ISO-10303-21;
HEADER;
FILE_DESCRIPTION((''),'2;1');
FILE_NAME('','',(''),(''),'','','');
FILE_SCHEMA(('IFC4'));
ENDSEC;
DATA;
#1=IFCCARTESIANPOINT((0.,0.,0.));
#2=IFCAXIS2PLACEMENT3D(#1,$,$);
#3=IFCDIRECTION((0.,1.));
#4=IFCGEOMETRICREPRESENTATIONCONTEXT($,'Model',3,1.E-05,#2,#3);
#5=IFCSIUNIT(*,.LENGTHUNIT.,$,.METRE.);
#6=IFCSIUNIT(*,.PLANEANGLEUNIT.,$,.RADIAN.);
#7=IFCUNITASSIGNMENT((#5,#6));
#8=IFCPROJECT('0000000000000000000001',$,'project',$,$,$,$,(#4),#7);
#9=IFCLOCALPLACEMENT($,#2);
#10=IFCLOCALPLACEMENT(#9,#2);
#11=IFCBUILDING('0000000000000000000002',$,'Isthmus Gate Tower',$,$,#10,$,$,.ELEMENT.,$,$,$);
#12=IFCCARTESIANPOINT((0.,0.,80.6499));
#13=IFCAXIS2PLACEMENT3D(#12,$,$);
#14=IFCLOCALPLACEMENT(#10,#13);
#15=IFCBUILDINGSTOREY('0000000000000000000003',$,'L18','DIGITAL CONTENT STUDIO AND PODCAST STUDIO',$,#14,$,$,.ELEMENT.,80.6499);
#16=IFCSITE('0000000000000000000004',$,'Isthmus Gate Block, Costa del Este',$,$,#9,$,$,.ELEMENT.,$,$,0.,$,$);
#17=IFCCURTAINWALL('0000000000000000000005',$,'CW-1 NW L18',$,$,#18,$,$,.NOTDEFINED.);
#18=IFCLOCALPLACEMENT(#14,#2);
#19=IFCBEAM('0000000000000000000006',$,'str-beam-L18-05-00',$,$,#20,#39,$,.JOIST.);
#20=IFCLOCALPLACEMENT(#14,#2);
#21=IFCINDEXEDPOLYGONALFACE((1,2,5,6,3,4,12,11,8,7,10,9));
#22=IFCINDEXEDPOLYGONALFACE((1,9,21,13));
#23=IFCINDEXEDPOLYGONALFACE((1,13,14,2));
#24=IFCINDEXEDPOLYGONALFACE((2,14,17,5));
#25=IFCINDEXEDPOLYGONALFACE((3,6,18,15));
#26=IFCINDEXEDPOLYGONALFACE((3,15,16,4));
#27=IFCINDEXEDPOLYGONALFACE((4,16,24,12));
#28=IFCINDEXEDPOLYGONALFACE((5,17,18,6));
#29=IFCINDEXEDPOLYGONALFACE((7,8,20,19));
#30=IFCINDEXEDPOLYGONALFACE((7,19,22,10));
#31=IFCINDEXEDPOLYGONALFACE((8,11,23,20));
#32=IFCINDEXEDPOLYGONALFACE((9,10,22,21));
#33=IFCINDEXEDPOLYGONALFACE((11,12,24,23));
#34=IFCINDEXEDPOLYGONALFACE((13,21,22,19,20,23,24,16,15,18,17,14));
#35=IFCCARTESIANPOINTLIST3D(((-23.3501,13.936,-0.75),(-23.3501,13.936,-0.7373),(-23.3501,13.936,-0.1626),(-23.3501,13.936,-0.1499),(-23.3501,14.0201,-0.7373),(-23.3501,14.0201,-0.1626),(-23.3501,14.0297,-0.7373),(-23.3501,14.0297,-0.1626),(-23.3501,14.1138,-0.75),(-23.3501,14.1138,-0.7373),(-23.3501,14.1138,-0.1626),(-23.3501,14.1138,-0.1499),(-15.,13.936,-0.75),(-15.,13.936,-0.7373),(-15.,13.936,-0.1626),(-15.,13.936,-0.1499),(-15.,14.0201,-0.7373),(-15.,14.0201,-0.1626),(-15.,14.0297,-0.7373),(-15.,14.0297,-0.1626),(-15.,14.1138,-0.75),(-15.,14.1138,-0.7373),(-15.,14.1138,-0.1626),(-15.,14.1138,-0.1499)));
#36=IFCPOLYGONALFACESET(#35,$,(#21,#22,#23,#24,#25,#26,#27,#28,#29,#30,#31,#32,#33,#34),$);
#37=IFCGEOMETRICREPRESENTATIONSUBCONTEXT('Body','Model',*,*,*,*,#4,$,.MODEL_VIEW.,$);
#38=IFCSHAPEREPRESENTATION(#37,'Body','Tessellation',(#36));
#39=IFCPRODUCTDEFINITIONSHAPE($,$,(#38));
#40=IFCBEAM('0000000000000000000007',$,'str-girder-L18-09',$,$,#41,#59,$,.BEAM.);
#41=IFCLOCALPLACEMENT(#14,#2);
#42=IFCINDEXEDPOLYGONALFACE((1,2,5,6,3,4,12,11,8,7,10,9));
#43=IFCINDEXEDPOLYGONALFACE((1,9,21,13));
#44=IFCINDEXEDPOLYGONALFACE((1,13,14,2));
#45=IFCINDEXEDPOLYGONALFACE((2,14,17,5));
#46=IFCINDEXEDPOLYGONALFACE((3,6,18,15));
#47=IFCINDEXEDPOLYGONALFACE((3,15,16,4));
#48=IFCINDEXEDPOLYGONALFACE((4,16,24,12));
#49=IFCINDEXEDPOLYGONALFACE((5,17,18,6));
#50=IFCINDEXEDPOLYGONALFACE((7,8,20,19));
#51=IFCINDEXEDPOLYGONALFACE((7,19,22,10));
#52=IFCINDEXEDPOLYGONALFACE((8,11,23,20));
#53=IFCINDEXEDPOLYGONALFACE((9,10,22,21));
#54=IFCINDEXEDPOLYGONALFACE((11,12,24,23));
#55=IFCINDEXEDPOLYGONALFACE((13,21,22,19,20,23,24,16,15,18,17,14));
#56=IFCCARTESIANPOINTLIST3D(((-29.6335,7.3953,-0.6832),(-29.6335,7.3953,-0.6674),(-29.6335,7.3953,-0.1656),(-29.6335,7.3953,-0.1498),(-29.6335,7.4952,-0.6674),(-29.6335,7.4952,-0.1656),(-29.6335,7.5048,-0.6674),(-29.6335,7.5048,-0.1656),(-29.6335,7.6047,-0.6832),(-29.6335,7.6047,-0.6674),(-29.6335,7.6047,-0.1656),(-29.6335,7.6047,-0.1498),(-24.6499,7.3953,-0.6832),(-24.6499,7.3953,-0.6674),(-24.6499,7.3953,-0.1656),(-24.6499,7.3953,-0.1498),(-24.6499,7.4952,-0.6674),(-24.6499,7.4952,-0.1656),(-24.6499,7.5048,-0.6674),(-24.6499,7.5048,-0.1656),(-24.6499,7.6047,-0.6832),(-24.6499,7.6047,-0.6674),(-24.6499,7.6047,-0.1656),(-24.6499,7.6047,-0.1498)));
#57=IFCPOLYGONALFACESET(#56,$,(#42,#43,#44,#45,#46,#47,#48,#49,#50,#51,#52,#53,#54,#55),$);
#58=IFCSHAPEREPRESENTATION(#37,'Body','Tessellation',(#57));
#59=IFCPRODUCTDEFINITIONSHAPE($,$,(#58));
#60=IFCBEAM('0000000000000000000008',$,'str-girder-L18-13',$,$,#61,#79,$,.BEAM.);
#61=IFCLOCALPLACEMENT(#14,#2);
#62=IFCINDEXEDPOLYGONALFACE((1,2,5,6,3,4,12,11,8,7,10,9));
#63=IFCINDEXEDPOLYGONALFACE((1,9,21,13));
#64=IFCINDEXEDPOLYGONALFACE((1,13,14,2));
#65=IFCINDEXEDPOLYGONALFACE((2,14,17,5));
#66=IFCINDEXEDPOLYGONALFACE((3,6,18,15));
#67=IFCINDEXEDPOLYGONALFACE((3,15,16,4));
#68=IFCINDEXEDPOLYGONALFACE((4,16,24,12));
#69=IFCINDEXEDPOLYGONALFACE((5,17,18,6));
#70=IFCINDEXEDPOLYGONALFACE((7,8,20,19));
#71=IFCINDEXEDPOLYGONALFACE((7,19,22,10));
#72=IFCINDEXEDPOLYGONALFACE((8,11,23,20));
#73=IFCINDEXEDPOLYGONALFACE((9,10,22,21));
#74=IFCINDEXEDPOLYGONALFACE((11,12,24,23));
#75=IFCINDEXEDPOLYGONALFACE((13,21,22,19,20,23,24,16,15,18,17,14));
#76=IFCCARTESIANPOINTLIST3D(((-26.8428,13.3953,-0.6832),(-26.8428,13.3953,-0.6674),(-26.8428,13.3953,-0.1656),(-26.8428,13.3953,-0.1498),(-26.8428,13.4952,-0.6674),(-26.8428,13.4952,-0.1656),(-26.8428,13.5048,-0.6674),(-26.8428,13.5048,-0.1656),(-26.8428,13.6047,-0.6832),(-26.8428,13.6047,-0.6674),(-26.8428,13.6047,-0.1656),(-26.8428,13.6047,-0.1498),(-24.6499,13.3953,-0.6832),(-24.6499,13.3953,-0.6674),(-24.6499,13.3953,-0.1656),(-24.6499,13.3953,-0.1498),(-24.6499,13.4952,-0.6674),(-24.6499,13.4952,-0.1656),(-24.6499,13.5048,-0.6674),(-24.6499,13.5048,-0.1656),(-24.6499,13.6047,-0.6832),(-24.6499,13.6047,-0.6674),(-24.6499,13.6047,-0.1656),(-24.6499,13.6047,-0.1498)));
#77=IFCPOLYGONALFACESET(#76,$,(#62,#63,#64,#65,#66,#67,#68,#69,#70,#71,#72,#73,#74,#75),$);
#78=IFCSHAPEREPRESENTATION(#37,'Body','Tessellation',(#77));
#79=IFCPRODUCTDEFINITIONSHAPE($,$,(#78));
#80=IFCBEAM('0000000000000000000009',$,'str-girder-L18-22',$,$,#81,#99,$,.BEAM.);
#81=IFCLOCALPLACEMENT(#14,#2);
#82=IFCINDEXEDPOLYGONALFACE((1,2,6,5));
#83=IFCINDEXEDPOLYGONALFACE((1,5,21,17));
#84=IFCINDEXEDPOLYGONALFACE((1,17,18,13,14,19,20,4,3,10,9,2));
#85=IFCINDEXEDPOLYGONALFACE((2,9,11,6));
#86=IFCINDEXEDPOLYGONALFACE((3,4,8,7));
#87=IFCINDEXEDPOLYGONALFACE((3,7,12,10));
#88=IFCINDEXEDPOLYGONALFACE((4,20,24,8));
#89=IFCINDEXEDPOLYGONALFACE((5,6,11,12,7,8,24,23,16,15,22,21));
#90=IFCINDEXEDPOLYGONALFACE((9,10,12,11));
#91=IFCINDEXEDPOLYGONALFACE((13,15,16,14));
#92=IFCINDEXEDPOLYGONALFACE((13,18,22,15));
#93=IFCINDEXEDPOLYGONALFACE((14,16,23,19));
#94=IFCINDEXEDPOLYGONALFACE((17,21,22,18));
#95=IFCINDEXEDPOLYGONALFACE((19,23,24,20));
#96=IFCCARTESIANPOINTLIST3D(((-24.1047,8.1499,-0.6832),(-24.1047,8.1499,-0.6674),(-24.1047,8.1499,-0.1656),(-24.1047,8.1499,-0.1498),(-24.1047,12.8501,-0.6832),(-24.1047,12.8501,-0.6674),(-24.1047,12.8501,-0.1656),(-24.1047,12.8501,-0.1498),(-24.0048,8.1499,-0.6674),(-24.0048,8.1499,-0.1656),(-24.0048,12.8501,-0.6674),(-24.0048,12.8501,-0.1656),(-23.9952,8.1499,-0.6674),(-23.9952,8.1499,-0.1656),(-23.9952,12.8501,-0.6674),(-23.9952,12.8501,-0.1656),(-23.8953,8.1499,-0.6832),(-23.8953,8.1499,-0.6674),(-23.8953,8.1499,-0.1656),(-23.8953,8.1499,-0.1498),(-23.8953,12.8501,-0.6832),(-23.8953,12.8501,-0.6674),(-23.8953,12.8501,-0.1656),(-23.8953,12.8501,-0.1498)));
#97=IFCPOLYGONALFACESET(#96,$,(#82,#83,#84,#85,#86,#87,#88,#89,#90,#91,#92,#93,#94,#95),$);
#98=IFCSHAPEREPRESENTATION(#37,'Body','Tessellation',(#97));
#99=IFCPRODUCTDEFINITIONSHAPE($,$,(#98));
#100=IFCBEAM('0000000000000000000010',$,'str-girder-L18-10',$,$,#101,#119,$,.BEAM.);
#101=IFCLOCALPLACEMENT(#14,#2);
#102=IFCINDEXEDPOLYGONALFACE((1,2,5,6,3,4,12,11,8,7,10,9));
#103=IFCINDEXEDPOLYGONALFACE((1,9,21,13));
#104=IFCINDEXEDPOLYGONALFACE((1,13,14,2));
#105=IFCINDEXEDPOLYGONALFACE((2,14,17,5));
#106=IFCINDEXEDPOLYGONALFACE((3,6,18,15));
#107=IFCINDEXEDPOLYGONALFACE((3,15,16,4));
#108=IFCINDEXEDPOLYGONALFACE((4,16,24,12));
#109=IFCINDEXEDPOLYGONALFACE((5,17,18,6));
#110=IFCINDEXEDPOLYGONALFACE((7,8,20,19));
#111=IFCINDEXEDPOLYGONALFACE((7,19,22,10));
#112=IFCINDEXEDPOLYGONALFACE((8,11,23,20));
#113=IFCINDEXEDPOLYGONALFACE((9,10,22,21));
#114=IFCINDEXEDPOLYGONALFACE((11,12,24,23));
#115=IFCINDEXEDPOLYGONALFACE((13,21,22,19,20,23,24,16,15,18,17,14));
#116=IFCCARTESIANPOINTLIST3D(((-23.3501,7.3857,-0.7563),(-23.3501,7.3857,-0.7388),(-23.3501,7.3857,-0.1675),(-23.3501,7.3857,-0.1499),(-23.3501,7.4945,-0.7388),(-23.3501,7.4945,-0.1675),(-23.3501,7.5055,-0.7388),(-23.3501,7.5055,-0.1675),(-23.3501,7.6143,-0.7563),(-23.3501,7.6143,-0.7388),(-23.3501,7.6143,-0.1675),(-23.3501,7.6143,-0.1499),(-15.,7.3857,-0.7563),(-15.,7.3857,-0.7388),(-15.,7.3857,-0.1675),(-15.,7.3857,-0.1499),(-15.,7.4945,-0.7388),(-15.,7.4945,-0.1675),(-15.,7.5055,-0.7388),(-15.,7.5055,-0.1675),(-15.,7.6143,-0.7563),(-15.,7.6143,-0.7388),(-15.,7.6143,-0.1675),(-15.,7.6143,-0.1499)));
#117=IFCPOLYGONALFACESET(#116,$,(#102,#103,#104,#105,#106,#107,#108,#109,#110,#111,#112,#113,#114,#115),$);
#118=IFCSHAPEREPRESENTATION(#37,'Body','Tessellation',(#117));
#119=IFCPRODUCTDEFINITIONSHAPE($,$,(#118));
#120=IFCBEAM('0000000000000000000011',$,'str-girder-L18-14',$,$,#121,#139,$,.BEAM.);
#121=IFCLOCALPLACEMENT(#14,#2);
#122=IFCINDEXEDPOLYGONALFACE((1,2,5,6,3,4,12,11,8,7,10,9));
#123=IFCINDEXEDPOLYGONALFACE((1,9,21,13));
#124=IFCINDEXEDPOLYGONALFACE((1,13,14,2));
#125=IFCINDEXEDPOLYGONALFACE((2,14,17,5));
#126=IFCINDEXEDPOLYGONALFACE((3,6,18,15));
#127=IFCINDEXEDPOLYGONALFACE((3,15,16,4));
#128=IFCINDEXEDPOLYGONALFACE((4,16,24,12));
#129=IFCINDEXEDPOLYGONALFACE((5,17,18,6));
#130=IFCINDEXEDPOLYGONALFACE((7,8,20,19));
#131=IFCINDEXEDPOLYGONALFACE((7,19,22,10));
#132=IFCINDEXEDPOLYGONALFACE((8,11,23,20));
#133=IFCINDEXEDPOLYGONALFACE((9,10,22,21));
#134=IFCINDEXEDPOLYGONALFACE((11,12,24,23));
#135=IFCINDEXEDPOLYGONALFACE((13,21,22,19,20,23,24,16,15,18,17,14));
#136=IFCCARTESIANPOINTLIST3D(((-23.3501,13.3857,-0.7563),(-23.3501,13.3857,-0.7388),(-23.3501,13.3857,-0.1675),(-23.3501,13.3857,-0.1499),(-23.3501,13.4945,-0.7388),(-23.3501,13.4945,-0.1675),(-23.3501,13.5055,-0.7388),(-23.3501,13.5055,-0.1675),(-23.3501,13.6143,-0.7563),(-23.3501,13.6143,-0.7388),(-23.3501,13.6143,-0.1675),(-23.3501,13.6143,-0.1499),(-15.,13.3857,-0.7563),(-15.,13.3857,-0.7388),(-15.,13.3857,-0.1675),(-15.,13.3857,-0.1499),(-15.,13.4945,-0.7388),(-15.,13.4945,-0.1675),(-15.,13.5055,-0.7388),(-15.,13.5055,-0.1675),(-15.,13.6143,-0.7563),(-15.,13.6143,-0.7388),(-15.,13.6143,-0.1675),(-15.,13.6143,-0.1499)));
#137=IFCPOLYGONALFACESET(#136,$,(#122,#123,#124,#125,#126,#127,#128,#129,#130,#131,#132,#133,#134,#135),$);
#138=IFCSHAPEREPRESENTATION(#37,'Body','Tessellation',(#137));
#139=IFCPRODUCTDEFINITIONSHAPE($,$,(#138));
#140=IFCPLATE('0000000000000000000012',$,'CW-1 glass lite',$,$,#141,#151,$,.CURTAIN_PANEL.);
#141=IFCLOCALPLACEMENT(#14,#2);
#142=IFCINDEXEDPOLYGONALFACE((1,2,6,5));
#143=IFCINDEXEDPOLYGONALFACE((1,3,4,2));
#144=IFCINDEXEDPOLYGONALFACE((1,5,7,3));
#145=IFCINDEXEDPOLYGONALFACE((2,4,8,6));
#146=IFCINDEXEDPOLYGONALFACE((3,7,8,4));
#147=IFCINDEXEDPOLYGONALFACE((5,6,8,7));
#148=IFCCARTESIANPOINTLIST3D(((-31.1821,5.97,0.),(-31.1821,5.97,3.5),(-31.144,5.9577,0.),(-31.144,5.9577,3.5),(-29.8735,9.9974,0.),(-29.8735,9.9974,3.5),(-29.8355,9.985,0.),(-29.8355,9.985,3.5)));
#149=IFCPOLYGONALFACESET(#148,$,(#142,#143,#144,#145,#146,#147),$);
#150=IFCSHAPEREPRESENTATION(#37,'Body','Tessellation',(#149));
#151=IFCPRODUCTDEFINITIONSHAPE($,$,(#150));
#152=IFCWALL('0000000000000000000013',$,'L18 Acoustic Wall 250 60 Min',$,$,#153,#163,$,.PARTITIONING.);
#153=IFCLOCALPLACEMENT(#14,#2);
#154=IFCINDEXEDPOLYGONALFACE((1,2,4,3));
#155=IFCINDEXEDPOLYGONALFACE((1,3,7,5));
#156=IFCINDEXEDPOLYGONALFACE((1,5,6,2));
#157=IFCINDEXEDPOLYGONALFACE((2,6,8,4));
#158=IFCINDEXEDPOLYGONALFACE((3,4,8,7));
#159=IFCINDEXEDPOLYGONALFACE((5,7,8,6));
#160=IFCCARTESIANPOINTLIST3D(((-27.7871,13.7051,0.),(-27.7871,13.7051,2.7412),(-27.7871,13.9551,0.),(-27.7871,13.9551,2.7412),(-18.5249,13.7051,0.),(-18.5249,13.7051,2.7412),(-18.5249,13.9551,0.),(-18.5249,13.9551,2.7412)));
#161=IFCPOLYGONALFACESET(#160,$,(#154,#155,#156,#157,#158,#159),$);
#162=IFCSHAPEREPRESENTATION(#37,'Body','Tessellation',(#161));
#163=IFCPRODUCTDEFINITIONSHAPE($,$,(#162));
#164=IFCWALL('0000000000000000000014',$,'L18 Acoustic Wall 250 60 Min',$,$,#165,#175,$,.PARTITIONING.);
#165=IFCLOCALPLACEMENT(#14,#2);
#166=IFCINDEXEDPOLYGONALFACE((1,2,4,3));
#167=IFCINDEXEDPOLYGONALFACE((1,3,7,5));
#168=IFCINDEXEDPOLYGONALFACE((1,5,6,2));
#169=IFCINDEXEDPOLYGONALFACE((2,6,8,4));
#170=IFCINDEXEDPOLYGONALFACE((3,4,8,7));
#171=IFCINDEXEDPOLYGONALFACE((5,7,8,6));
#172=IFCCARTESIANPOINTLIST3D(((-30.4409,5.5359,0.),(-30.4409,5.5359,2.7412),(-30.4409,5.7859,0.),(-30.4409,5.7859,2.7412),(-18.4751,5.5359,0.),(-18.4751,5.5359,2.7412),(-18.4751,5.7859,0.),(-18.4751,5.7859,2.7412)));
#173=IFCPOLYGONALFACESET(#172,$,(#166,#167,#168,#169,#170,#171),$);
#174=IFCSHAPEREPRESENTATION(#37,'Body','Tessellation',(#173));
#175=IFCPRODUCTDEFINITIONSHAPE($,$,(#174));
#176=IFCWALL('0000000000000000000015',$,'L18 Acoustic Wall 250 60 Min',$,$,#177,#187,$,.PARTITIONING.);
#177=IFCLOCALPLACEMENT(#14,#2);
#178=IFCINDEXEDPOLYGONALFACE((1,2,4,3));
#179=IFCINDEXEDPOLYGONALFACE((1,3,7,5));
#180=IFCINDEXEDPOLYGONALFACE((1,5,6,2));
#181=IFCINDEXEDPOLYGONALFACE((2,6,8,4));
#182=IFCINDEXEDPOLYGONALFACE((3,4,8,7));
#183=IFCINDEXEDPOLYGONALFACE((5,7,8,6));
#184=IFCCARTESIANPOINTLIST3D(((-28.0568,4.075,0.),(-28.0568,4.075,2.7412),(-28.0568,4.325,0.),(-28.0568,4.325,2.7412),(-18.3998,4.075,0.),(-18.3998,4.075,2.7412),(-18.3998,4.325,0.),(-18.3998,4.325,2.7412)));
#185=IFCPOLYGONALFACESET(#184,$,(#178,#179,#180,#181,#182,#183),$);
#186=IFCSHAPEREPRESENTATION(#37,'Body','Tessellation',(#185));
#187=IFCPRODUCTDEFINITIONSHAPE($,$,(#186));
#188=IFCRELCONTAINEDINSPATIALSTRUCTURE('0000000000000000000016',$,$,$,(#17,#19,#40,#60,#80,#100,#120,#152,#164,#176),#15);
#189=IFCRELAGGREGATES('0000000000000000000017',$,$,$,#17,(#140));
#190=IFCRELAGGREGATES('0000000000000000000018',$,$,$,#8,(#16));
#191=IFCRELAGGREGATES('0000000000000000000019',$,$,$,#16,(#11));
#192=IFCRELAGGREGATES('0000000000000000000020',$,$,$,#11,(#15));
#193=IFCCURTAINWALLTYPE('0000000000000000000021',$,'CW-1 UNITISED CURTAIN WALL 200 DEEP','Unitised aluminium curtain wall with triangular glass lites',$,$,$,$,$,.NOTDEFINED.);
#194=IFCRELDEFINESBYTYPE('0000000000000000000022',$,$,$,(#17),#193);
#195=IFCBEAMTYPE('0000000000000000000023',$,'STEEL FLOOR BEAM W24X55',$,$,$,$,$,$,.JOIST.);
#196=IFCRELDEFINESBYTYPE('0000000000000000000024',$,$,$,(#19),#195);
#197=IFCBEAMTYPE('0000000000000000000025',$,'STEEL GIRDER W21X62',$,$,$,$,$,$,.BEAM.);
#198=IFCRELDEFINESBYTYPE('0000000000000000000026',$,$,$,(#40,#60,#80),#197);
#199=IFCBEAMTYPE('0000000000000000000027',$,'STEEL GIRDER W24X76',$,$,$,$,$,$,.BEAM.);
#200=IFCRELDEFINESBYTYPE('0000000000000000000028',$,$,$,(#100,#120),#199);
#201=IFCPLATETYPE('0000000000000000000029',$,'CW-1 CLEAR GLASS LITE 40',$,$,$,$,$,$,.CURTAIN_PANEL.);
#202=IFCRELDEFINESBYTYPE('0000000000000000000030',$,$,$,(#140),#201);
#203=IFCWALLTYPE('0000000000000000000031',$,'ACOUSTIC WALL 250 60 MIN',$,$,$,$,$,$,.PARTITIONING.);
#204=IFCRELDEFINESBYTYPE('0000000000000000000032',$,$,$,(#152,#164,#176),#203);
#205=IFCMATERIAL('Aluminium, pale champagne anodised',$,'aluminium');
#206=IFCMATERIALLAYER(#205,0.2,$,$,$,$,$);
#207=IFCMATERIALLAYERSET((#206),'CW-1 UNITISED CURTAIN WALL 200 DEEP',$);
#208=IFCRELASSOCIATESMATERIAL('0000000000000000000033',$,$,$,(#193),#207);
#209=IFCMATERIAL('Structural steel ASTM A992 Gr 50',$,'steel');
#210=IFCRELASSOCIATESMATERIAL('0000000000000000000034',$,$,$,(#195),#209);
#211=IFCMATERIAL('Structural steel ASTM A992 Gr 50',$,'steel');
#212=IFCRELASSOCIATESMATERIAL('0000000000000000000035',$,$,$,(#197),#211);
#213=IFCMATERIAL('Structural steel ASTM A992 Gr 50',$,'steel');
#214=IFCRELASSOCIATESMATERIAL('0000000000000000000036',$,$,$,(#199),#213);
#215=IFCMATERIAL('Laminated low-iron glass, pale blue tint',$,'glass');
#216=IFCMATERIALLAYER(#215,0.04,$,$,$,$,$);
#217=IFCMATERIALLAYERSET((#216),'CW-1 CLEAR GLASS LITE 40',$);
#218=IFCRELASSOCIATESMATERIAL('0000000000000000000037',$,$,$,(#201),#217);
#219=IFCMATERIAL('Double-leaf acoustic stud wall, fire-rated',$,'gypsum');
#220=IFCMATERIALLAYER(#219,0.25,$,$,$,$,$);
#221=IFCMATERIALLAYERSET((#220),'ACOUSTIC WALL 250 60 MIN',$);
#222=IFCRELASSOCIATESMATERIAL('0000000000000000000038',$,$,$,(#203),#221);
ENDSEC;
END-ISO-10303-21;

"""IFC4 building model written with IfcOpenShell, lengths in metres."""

from ifc_helpers import new_model, si_unit, direction, frame, frame_2d, origin, origin_2d, place, context, subcontext, project, spatial, rectangle, i_section, extrude, material, layer, layer_set, material_profile, profile_set, type_object, element, aggregate, save


model = new_model("IFC4")

# Units and contexts
model_context = context("Model", 3, precision=1e-05, world=origin(), true_north=direction((0.0, 1.0)))
body_context = subcontext(model_context, "Body", "Model", "MODEL_VIEW")
ifc_project = project(units=[si_unit("LENGTHUNIT", "METRE"), si_unit("PLANEANGLEUNIT", "RADIAN")], contexts=[model_context])

# Site, building, storey
site_placement = place(None, origin())
site = spatial("IfcSite", under=ifc_project, at=site_placement, Name="Isthmus Gate Block, Costa del Este", CompositionType="ELEMENT", RefElevation=0.0)
building_placement = place(site_placement, origin())
building = spatial("IfcBuilding", under=site, at=building_placement, Name="Isthmus Gate Tower", CompositionType="ELEMENT")
storey_placement = place(building_placement, frame((0.0, 0.0, 80.6499)))
storey = spatial("IfcBuildingStorey", under=building, at=storey_placement, Name="L18", Description="DIGITAL CONTENT STUDIO AND PODCAST STUDIO", CompositionType="ELEMENT", Elevation=80.6499)

# Curtain wall
ifc_material_1 = material(Name="Aluminium, pale champagne anodised", Category="aluminium")
ifc_layer_1 = layer(ifc_material_1, 0.2)
ifc_layer_set_1 = layer_set([ifc_layer_1], Name="CW-1 UNITISED CURTAIN WALL 200 DEEP")
curtain_wall_type = type_object("IfcCurtainWallType", Name="CW-1 UNITISED CURTAIN WALL 200 DEEP", Description="Unitised aluminium curtain wall with triangular glass lites", PredefinedType="NOTDEFINED", material=ifc_layer_set_1)
curtain_wall_placement = place(storey_placement, origin())
curtain_wall = element("IfcCurtainWall", 1, at=curtain_wall_placement, inside=storey, type_object=curtain_wall_type, Name="CW-1 NW L18", PredefinedType="NOTDEFINED")

# Beams
ifc_material_2 = material(Name="Structural steel ASTM A992 Gr 50", Category="steel")
ifc_material_profile_1 = material_profile(ifc_material_2, i_section(OverallWidth=0.1777, OverallDepth=0.6001, WebThickness=0.0095, FlangeThickness=0.0127, at=origin_2d()), Name="W24X55")
ifc_profile_set_1 = profile_set([ifc_material_profile_1], Name="Structural steel ASTM A992 Gr 50")
beam_type_1 = type_object("IfcBeamType", Name="STEEL FLOOR BEAM W24X55", PredefinedType="JOIST", material=ifc_profile_set_1)
beam_1_placement = place(storey_placement, frame((-23.3501, 14.0249, -0.45), z_axis=(1.0, 0.0, 0.0), x_axis=(0.0, 1.0, 0.0)))
element("IfcBeam", 2, at=beam_1_placement, inside=storey, type_object=beam_type_1, Name="str-beam-L18-05-00", PredefinedType="JOIST", context=body_context, shape_type="SweptSolid", body=[
    extrude(i_section(OverallWidth=0.1777, OverallDepth=0.6001, WebThickness=0.0095, FlangeThickness=0.0127, at=origin_2d()), origin(), (0.0, 0.0, 1.0), 8.3501),
])
ifc_material_3 = material(Name="Structural steel ASTM A992 Gr 50", Category="steel")
ifc_material_profile_2 = material_profile(ifc_material_3, i_section(OverallWidth=0.2095, OverallDepth=0.5334, WebThickness=0.0095, FlangeThickness=0.0159, at=origin_2d()), Name="W21X62")
ifc_profile_set_2 = profile_set([ifc_material_profile_2], Name="Structural steel ASTM A992 Gr 50")
beam_type_2 = type_object("IfcBeamType", Name="STEEL GIRDER W21X62", PredefinedType="BEAM", material=ifc_profile_set_2)
beam_2_placement = place(storey_placement, frame((-29.6335, 7.5, -0.4165), z_axis=(1.0, 0.0, 0.0), x_axis=(0.0, 1.0, 0.0)))
element("IfcBeam", 3, at=beam_2_placement, inside=storey, type_object=beam_type_2, Name="str-girder-L18-09", PredefinedType="BEAM", context=body_context, shape_type="SweptSolid", body=[
    extrude(i_section(OverallWidth=0.2095, OverallDepth=0.5334, WebThickness=0.0095, FlangeThickness=0.0159, at=origin_2d()), origin(), (0.0, 0.0, 1.0), 4.9836),
])
beam_3_placement = place(storey_placement, frame((-26.8428, 13.5, -0.4165), z_axis=(1.0, 0.0, 0.0), x_axis=(0.0, 1.0, 0.0)))
element("IfcBeam", 4, at=beam_3_placement, inside=storey, type_object=beam_type_2, Name="str-girder-L18-13", PredefinedType="BEAM", context=body_context, shape_type="SweptSolid", body=[
    extrude(i_section(OverallWidth=0.2095, OverallDepth=0.5334, WebThickness=0.0095, FlangeThickness=0.0159, at=origin_2d()), origin(), (0.0, 0.0, 1.0), 2.1929),
])
beam_4_placement = place(storey_placement, frame((-24.0, 8.1499, -0.4165), z_axis=(0.0, 1.0, 0.0), x_axis=(-1.0, 0.0, 0.0)))
element("IfcBeam", 5, at=beam_4_placement, inside=storey, type_object=beam_type_2, Name="str-girder-L18-22", PredefinedType="BEAM", context=body_context, shape_type="SweptSolid", body=[
    extrude(i_section(OverallWidth=0.2095, OverallDepth=0.5334, WebThickness=0.0095, FlangeThickness=0.0159, at=origin_2d()), origin(), (0.0, 0.0, 1.0), 4.7002),
])
ifc_material_4 = material(Name="Structural steel ASTM A992 Gr 50", Category="steel")
ifc_material_profile_3 = material_profile(ifc_material_4, i_section(OverallWidth=0.2285, OverallDepth=0.6064, WebThickness=0.011, FlangeThickness=0.0176, at=origin_2d()), Name="W24X76")
ifc_profile_set_3 = profile_set([ifc_material_profile_3], Name="Structural steel ASTM A992 Gr 50")
beam_type_3 = type_object("IfcBeamType", Name="STEEL GIRDER W24X76", PredefinedType="BEAM", material=ifc_profile_set_3)
for number, where, z_axis, x_axis, name in (
    (6, (-23.3501, 7.5, -0.4531), (1.0, 0.0, 0.0), (0.0, 1.0, 0.0), "str-girder-L18-10"),
    (7, (-23.3501, 13.5, -0.4531), (1.0, 0.0, 0.0), (0.0, 1.0, 0.0), "str-girder-L18-14"),
):
    element("IfcBeam", number, at=place(storey_placement, frame(where, z_axis=z_axis, x_axis=x_axis)), inside=storey, type_object=beam_type_3, Name=name, PredefinedType="BEAM", context=body_context, shape_type="SweptSolid", body=[
        extrude(i_section(OverallWidth=0.2285, OverallDepth=0.6064, WebThickness=0.011, FlangeThickness=0.0176, at=origin_2d()), origin(), (0.0, 0.0, 1.0), 8.3501),
    ])

# Plate
ifc_material_5 = material(Name="Laminated low-iron glass, pale blue tint", Category="glass")
ifc_layer_2 = layer(ifc_material_5, 0.04)
ifc_layer_set_2 = layer_set([ifc_layer_2], Name="CW-1 CLEAR GLASS LITE 40")
plate_type = type_object("IfcPlateType", Name="CW-1 CLEAR GLASS LITE 40", PredefinedType="CURTAIN_PANEL", material=ifc_layer_set_2)
plate_placement = place(storey_placement, frame((-30.5088, 7.9775, 0.0), z_axis=(0.0, 0.0, 1.0), x_axis=(-0.309017, -0.951057, 0.0)))
plate = element("IfcPlate", 8, at=plate_placement, type_object=plate_type, Name="CW-1 glass lite", PredefinedType="CURTAIN_PANEL", context=body_context, shape_type="SweptSolid", body=[
    extrude(rectangle(XDim=4.2346, YDim=0.04, at=origin_2d()), origin(), (0.0, 0.0, 1.0), 3.5),
])

# Walls
ifc_material_6 = material(Name="Double-leaf acoustic stud wall, fire-rated", Category="gypsum")
ifc_layer_3 = layer(ifc_material_6, 0.25)
ifc_layer_set_3 = layer_set([ifc_layer_3], Name="ACOUSTIC WALL 250 60 MIN")
wall_type_1 = type_object("IfcWallType", Name="ACOUSTIC WALL 250 60 MIN", PredefinedType="PARTITIONING", material=ifc_layer_set_3)
wall_1_placement = place(storey_placement, frame((-27.7871, 13.8301, 0.0), z_axis=(0.0, 0.0, 1.0), x_axis=(1.0, 0.0, 0.0)))
element("IfcWall", 9, at=wall_1_placement, inside=storey, type_object=wall_type_1, Name="L18 Acoustic Wall 250 60 Min", PredefinedType="PARTITIONING", context=body_context, shape_type="SweptSolid", body=[
    extrude(rectangle(XDim=9.2622, YDim=0.25, at=frame_2d((4.6311, 0.0))), origin(), (0.0, 0.0, 1.0), 2.7412),
])
wall_2_placement = place(storey_placement, frame((-30.4409, 5.6609, 0.0), z_axis=(0.0, 0.0, 1.0), x_axis=(1.0, 0.0, 0.0)))
element("IfcWall", 10, at=wall_2_placement, inside=storey, type_object=wall_type_1, Name="L18 Acoustic Wall 250 60 Min", PredefinedType="PARTITIONING", context=body_context, shape_type="SweptSolid", body=[
    extrude(rectangle(XDim=11.9658, YDim=0.25, at=frame_2d((5.9829, 0.0))), origin(), (0.0, 0.0, 1.0), 2.7412),
])
wall_3_placement = place(storey_placement, frame((-28.0569, 4.2, 0.0), z_axis=(0.0, 0.0, 1.0), x_axis=(1.0, 0.0, 0.0)))
element("IfcWall", 11, at=wall_3_placement, inside=storey, type_object=wall_type_1, Name="L18 Acoustic Wall 250 60 Min", PredefinedType="PARTITIONING", context=body_context, shape_type="SweptSolid", body=[
    extrude(rectangle(XDim=9.657, YDim=0.25, at=frame_2d((4.8286, 0.0))), origin(), (0.0, 0.0, 1.0), 2.7412),
])

aggregate(curtain_wall, [plate])

save(model, "model.ifc")
